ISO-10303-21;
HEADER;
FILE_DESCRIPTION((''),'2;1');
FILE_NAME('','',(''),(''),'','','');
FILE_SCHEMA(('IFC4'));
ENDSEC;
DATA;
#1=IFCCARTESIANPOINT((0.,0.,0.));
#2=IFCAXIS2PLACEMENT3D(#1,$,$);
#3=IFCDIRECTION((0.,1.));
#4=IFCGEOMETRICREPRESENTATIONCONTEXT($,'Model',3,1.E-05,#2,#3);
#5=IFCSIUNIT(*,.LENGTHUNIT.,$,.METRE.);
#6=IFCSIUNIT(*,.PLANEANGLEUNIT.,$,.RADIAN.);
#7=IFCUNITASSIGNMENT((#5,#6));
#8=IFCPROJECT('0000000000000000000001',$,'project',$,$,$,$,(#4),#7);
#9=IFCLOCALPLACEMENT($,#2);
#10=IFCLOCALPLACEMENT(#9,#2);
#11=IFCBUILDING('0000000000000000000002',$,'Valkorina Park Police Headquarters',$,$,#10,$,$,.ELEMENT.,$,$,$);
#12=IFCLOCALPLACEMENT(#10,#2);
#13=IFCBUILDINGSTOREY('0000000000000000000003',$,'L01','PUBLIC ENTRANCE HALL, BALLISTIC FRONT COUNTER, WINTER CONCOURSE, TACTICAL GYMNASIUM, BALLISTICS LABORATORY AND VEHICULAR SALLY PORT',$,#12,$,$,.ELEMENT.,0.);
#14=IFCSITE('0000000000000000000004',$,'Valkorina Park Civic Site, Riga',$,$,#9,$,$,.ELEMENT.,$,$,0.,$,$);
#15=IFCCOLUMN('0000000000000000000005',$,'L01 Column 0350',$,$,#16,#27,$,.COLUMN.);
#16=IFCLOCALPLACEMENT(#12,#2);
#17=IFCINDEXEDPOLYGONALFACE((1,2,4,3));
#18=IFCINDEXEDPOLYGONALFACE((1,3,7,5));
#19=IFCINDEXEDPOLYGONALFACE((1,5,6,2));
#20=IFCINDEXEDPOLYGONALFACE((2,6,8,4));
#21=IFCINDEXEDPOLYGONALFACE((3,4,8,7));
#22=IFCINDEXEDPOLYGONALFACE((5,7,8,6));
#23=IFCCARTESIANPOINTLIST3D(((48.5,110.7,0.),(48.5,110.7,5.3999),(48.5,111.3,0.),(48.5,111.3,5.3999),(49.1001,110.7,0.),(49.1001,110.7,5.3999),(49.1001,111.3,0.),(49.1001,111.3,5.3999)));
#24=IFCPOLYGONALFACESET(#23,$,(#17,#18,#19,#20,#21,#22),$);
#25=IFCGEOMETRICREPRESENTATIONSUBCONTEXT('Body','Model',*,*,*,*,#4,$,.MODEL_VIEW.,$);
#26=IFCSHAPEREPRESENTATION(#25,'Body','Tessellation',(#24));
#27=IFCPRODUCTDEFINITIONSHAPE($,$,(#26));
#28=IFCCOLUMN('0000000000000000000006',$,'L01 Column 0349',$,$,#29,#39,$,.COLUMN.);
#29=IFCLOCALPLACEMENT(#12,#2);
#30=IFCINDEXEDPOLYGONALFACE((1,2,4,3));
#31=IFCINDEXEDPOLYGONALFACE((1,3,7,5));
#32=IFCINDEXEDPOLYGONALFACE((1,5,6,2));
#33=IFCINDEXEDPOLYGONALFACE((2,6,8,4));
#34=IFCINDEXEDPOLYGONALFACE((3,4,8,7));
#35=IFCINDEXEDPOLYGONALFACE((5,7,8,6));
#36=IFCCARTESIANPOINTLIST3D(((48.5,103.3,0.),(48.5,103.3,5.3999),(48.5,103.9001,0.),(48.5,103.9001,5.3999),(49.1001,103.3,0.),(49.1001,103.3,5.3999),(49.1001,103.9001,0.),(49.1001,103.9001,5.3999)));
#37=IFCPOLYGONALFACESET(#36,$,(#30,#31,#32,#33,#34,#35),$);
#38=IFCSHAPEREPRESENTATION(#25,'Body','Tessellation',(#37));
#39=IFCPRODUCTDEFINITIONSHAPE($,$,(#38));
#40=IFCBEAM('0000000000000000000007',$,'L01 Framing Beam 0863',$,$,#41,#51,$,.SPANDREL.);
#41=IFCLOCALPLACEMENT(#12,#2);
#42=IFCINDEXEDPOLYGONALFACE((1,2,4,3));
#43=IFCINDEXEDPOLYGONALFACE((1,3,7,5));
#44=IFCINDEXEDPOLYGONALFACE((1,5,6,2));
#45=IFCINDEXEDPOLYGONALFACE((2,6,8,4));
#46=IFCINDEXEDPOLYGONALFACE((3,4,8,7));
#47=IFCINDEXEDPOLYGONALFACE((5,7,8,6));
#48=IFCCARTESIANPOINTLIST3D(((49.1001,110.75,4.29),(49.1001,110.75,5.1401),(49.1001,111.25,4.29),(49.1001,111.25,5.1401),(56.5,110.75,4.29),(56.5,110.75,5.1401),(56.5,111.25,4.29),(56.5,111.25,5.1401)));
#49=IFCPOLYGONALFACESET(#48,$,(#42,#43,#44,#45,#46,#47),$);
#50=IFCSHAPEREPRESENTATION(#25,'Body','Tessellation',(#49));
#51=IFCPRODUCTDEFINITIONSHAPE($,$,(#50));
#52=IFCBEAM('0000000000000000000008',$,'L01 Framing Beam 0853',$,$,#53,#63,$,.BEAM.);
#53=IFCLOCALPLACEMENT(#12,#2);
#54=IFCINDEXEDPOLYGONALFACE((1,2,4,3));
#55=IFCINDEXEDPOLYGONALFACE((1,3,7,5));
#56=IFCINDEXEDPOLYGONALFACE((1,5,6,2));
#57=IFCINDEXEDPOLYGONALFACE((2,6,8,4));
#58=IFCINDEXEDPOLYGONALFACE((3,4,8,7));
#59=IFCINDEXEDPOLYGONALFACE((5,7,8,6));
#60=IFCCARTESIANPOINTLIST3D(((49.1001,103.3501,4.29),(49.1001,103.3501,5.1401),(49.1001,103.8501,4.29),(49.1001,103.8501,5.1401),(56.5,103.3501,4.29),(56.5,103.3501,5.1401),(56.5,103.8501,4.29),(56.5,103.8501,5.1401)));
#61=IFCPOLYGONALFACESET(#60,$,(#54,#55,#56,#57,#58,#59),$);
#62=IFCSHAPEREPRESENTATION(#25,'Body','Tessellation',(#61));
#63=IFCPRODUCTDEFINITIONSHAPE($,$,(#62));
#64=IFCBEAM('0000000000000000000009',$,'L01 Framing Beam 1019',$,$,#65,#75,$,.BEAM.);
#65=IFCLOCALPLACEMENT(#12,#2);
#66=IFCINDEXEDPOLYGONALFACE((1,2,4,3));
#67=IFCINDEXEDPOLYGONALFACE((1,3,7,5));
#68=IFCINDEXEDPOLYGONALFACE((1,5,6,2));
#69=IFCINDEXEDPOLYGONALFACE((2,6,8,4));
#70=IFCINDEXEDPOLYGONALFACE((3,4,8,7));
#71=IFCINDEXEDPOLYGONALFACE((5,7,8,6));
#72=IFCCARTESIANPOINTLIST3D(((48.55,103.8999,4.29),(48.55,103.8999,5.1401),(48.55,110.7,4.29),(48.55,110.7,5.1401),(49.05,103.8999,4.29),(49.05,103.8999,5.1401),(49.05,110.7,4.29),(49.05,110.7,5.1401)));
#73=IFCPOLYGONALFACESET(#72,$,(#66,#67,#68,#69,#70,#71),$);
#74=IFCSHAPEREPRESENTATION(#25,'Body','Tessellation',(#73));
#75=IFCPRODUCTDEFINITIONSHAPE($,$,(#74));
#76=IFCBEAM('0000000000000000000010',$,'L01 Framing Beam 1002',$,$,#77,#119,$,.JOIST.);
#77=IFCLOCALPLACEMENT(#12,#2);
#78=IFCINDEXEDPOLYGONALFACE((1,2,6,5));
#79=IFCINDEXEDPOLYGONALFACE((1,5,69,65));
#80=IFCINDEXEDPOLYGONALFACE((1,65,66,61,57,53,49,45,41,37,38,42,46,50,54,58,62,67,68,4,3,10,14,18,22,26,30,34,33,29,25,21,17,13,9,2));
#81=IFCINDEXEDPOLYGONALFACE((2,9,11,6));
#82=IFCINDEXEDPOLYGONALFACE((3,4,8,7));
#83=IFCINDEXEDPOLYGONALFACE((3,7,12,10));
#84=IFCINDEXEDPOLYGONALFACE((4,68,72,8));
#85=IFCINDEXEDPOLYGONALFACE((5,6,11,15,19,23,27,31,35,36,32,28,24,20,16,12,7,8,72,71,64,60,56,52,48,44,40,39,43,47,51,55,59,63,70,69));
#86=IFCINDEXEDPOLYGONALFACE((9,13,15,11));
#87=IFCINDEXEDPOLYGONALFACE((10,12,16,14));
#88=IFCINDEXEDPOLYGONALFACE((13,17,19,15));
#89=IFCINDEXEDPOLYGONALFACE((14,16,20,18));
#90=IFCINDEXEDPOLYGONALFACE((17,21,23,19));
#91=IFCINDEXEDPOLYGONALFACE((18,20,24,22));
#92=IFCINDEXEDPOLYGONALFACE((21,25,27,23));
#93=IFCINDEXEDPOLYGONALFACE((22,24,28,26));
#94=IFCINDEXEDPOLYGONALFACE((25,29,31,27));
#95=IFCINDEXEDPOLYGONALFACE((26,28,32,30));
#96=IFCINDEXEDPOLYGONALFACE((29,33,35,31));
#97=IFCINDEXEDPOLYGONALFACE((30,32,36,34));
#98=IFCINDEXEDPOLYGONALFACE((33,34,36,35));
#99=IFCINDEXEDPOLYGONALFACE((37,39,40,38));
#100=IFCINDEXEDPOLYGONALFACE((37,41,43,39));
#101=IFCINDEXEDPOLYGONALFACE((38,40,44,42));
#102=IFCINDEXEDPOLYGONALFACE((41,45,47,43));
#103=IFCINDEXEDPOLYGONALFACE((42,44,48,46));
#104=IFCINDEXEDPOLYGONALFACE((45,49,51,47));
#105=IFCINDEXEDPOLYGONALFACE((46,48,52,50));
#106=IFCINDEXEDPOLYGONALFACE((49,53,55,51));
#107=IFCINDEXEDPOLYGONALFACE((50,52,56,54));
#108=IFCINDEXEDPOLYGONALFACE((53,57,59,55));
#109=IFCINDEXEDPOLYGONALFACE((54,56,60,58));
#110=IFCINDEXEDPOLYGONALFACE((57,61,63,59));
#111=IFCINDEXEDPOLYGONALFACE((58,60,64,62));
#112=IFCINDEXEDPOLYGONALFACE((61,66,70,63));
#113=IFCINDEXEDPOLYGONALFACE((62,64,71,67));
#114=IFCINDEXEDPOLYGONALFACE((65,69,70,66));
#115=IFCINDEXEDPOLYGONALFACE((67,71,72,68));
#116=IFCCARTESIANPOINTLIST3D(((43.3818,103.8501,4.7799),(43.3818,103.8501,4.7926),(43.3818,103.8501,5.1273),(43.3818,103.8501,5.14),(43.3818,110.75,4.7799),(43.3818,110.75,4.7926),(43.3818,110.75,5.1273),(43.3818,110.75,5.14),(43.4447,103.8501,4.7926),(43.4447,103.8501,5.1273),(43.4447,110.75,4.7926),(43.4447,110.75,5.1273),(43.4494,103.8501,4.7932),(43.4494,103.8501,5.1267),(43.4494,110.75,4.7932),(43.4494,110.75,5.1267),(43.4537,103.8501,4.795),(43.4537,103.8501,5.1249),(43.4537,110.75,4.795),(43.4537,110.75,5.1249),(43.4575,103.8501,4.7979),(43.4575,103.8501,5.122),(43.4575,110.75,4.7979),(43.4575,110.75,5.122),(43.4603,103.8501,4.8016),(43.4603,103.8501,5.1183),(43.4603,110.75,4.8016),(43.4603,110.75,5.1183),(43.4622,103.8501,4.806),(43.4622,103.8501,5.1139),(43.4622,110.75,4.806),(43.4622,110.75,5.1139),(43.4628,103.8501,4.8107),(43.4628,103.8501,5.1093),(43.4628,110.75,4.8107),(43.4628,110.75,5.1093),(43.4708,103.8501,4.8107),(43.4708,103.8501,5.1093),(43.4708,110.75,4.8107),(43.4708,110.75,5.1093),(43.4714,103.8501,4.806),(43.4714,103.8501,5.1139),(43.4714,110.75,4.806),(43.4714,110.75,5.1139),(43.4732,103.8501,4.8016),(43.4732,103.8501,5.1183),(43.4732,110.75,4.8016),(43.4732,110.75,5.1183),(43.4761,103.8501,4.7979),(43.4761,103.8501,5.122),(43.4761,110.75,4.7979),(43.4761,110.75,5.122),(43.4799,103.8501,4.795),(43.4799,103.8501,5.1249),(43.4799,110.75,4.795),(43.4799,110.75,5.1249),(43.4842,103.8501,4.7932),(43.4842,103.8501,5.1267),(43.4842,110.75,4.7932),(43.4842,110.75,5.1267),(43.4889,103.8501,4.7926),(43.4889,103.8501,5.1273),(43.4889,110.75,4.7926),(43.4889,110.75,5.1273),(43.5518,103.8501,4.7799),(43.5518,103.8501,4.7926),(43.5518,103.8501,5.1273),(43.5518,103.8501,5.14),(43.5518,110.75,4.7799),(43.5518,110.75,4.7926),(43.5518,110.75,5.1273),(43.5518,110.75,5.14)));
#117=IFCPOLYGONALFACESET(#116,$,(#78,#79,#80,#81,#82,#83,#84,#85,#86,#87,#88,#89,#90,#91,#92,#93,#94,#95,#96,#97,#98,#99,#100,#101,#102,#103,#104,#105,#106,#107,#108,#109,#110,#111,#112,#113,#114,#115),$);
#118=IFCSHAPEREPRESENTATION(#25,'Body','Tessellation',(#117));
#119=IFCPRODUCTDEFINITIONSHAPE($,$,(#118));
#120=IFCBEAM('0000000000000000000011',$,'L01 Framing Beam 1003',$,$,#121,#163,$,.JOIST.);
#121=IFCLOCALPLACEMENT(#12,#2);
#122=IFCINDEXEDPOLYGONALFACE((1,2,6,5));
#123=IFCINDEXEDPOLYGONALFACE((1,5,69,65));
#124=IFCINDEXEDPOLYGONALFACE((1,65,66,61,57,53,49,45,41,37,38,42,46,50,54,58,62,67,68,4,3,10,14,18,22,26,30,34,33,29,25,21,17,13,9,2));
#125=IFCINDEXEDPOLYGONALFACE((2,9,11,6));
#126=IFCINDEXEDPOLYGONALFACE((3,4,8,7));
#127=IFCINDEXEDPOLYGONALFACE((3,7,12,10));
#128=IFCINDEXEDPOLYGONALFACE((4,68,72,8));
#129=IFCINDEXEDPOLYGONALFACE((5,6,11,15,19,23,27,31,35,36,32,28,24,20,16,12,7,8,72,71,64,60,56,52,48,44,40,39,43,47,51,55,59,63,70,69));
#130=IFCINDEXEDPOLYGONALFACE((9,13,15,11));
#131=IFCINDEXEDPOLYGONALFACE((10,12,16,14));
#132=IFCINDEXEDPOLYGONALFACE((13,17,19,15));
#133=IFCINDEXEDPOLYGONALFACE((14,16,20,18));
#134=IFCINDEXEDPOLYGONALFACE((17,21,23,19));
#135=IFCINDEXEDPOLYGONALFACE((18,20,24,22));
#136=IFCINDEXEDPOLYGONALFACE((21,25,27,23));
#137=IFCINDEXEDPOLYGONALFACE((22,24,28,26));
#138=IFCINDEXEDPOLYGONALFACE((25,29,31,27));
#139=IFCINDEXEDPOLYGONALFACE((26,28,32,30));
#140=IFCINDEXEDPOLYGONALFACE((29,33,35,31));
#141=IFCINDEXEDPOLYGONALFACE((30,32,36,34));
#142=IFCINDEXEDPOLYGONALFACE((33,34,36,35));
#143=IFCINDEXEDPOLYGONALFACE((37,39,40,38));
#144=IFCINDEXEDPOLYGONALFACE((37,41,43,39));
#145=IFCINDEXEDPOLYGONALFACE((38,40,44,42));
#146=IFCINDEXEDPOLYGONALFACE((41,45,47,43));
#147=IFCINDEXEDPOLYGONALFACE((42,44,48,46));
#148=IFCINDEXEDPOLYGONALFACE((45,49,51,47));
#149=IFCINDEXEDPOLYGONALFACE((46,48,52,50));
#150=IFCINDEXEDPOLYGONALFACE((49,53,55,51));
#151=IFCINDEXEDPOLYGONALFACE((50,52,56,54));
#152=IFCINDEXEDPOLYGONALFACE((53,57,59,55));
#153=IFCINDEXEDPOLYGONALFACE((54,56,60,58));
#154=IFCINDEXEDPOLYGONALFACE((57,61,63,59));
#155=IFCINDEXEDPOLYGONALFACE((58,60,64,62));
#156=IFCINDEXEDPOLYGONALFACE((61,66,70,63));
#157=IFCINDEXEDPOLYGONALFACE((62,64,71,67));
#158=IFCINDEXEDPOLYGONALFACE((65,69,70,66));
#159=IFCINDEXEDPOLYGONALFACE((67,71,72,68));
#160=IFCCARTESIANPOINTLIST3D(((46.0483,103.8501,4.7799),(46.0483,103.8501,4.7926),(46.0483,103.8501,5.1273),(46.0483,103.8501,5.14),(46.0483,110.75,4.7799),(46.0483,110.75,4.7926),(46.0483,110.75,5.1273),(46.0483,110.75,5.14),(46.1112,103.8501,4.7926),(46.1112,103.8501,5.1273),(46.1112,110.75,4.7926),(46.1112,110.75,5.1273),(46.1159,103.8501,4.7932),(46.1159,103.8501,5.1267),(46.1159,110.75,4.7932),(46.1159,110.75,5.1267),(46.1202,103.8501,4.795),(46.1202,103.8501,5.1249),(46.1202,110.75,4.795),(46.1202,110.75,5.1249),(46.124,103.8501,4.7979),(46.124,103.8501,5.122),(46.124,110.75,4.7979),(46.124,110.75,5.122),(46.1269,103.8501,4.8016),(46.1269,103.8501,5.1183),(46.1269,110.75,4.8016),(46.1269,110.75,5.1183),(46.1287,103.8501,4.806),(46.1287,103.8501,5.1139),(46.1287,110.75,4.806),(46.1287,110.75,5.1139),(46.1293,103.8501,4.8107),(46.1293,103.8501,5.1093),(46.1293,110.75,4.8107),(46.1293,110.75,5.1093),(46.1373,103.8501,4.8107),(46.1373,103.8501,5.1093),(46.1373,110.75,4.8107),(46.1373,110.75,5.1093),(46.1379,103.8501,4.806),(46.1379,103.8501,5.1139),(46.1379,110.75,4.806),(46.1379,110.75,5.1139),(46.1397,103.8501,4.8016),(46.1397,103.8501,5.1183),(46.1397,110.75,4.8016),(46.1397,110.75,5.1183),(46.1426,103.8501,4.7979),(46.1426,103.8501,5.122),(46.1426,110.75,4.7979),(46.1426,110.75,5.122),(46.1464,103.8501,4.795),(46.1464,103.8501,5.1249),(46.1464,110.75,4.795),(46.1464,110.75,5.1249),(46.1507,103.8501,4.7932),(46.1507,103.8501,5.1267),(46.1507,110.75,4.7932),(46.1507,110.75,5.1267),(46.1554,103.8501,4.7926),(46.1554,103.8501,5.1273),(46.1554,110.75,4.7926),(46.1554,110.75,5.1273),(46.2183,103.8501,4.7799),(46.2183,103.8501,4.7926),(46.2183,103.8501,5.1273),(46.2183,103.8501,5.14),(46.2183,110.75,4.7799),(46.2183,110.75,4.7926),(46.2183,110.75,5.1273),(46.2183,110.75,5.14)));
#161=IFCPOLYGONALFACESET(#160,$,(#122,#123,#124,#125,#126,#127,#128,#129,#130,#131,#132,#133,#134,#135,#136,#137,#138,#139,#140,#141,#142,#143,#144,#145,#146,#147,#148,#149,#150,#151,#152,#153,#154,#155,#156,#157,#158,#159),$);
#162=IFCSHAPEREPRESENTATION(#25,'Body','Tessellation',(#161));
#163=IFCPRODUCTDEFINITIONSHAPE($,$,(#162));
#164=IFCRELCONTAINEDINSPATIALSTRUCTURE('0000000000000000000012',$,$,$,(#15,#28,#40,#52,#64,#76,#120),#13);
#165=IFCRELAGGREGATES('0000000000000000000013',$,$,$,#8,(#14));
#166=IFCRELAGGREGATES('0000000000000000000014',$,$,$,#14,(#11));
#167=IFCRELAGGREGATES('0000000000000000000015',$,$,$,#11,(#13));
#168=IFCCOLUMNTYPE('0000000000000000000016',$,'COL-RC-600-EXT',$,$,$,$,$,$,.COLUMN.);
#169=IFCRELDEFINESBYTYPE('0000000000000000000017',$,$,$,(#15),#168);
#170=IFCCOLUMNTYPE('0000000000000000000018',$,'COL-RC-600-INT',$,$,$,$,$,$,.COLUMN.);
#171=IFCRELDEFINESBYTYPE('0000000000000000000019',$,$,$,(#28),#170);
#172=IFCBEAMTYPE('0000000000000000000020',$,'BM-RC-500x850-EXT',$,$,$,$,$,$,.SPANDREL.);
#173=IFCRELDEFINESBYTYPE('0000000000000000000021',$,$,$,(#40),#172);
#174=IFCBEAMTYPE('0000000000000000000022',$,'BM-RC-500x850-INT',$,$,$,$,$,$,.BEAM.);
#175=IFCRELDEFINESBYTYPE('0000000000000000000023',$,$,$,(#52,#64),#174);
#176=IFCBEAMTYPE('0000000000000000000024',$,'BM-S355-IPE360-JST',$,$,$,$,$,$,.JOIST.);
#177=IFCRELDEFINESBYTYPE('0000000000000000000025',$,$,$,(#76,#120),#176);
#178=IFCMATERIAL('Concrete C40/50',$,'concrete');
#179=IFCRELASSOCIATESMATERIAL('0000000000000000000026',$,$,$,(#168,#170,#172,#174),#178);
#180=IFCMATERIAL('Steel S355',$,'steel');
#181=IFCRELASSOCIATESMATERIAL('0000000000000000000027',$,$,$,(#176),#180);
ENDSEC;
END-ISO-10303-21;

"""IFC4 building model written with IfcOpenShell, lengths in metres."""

from ifc_helpers import new_model, si_unit, direction, frame, origin, origin_2d, place, context, subcontext, project, spatial, rectangle, i_section, extrude, material, material_profile, profile_set, type_object, element, save


model = new_model("IFC4")

# Units and contexts
model_context = context("Model", 3, precision=1e-05, world=origin(), true_north=direction((0.0, 1.0)))
body_context = subcontext(model_context, "Body", "Model", "MODEL_VIEW")
ifc_project = project(units=[si_unit("LENGTHUNIT", "METRE"), si_unit("PLANEANGLEUNIT", "RADIAN")], contexts=[model_context])

# Site, building, storey
site_placement = place(None, origin())
site = spatial("IfcSite", under=ifc_project, at=site_placement, Name="Valkorina Park Civic Site, Riga", CompositionType="ELEMENT", RefElevation=0.0)
building_placement = place(site_placement, origin())
building = spatial("IfcBuilding", under=site, at=building_placement, Name="Valkorina Park Police Headquarters", CompositionType="ELEMENT")
storey_placement = place(building_placement, origin())
storey = spatial("IfcBuildingStorey", under=building, at=storey_placement, Name="L01", Description="PUBLIC ENTRANCE HALL, BALLISTIC FRONT COUNTER, WINTER CONCOURSE, TACTICAL GYMNASIUM, BALLISTICS LABORATORY AND VEHICULAR SALLY PORT", CompositionType="ELEMENT", Elevation=0.0)

# Columns
ifc_material_1 = material(Name="Concrete C40/50", Category="concrete")
ifc_material_profile_1 = material_profile(ifc_material_1, rectangle(XDim=0.6001, YDim=0.6001, at=origin_2d()), Name="RC COL 600x600")
ifc_profile_set_1 = profile_set([ifc_material_profile_1], Name="Concrete C40/50")
column_type_1 = type_object("IfcColumnType", Name="COL-RC-600-EXT", PredefinedType="COLUMN", material=ifc_profile_set_1)
column_1_placement = place(storey_placement, frame((48.8, 111.0, 0.0), z_axis=(0.0, 0.0, 1.0), x_axis=(1.0, 0.0, 0.0)))
element("IfcColumn", 1, at=column_1_placement, inside=storey, type_object=column_type_1, Name="L01 Column 0350", PredefinedType="COLUMN", context=body_context, shape_type="SweptSolid", body=[
    extrude(rectangle(XDim=0.6001, YDim=0.6001, at=origin_2d()), origin(), (0.0, 0.0, 1.0), 5.3999),
])
ifc_material_profile_2 = material_profile(ifc_material_1, rectangle(XDim=0.6001, YDim=0.6001, at=origin_2d()), Name="RC COL 600x600")
ifc_profile_set_2 = profile_set([ifc_material_profile_2], Name="Concrete C40/50")
column_type_2 = type_object("IfcColumnType", Name="COL-RC-600-INT", PredefinedType="COLUMN", material=ifc_profile_set_2)
column_2_placement = place(storey_placement, frame((48.8, 103.6001, 0.0), z_axis=(0.0, 0.0, 1.0), x_axis=(1.0, 0.0, 0.0)))
element("IfcColumn", 2, at=column_2_placement, inside=storey, type_object=column_type_2, Name="L01 Column 0349", PredefinedType="COLUMN", context=body_context, shape_type="SweptSolid", body=[
    extrude(rectangle(XDim=0.6001, YDim=0.6001, at=origin_2d()), origin(), (0.0, 0.0, 1.0), 5.3999),
])

# Beams
ifc_material_profile_3 = material_profile(ifc_material_1, rectangle(XDim=0.5, YDim=0.8501, at=origin_2d()), Name="RC BEAM 500x850")
ifc_profile_set_3 = profile_set([ifc_material_profile_3], Name="Concrete C40/50")
beam_type_1 = type_object("IfcBeamType", Name="BM-RC-500x850-EXT", PredefinedType="SPANDREL", material=ifc_profile_set_3)
beam_1_placement = place(storey_placement, frame((49.1001, 111.0, 4.7151), z_axis=(1.0, 0.0, 0.0), x_axis=(0.0, 1.0, 0.0)))
element("IfcBeam", 3, at=beam_1_placement, inside=storey, type_object=beam_type_1, Name="L01 Framing Beam 0863", PredefinedType="SPANDREL", context=body_context, shape_type="SweptSolid", body=[
    extrude(rectangle(XDim=0.5, YDim=0.8501, at=origin_2d()), origin(), (0.0, 0.0, 1.0), 7.3999),
])
ifc_material_profile_4 = material_profile(ifc_material_1, rectangle(XDim=0.5, YDim=0.8501, at=origin_2d()), Name="RC BEAM 500x850")
ifc_profile_set_4 = profile_set([ifc_material_profile_4], Name="Concrete C40/50")
beam_type_2 = type_object("IfcBeamType", Name="BM-RC-500x850-INT", PredefinedType="BEAM", material=ifc_profile_set_4)
beam_2_placement = place(storey_placement, frame((49.1001, 103.6001, 4.7151), z_axis=(1.0, 0.0, 0.0), x_axis=(0.0, 1.0, 0.0)))
element("IfcBeam", 4, at=beam_2_placement, inside=storey, type_object=beam_type_2, Name="L01 Framing Beam 0853", PredefinedType="BEAM", context=body_context, shape_type="SweptSolid", body=[
    extrude(rectangle(XDim=0.5, YDim=0.8501, at=origin_2d()), origin(), (0.0, 0.0, 1.0), 7.3999),
])
beam_3_placement = place(storey_placement, frame((48.8, 103.8999, 4.7151), z_axis=(0.0, 1.0, 0.0), x_axis=(-1.0, 0.0, 0.0)))
element("IfcBeam", 5, at=beam_3_placement, inside=storey, type_object=beam_type_2, Name="L01 Framing Beam 1019", PredefinedType="BEAM", context=body_context, shape_type="SweptSolid", body=[
    extrude(rectangle(XDim=0.5, YDim=0.8501, at=origin_2d()), origin(), (0.0, 0.0, 1.0), 6.8),
])
ifc_material_2 = material(Name="Steel S355", Category="steel")
ifc_material_profile_5 = material_profile(ifc_material_2, i_section(OverallWidth=0.1699, OverallDepth=0.3601, WebThickness=0.0081, FlangeThickness=0.0127, FilletRadius=0.0181, at=origin_2d()), Name="IPE 360")
ifc_profile_set_5 = profile_set([ifc_material_profile_5], Name="Steel S355")
beam_type_3 = type_object("IfcBeamType", Name="BM-S355-IPE360-JST", PredefinedType="JOIST", material=ifc_profile_set_5)
for number, where, z_axis, x_axis, name in (
    (6, (43.4668, 103.8501, 4.96), (0.0, 1.0, 0.0), (-1.0, 0.0, 0.0), "L01 Framing Beam 1002"),
    (7, (46.1333, 103.8501, 4.96), (0.0, 1.0, 0.0), (-1.0, 0.0, 0.0), "L01 Framing Beam 1003"),
):
    element("IfcBeam", number, at=place(storey_placement, frame(where, z_axis=z_axis, x_axis=x_axis)), inside=storey, type_object=beam_type_3, Name=name, PredefinedType="JOIST", context=body_context, shape_type="SweptSolid", body=[
        extrude(i_section(OverallWidth=0.1699, OverallDepth=0.3601, WebThickness=0.0081, FlangeThickness=0.0127, FilletRadius=0.0181, at=origin_2d()), origin(), (0.0, 0.0, 1.0), 6.8999),
    ])

save(model, "model.ifc")
